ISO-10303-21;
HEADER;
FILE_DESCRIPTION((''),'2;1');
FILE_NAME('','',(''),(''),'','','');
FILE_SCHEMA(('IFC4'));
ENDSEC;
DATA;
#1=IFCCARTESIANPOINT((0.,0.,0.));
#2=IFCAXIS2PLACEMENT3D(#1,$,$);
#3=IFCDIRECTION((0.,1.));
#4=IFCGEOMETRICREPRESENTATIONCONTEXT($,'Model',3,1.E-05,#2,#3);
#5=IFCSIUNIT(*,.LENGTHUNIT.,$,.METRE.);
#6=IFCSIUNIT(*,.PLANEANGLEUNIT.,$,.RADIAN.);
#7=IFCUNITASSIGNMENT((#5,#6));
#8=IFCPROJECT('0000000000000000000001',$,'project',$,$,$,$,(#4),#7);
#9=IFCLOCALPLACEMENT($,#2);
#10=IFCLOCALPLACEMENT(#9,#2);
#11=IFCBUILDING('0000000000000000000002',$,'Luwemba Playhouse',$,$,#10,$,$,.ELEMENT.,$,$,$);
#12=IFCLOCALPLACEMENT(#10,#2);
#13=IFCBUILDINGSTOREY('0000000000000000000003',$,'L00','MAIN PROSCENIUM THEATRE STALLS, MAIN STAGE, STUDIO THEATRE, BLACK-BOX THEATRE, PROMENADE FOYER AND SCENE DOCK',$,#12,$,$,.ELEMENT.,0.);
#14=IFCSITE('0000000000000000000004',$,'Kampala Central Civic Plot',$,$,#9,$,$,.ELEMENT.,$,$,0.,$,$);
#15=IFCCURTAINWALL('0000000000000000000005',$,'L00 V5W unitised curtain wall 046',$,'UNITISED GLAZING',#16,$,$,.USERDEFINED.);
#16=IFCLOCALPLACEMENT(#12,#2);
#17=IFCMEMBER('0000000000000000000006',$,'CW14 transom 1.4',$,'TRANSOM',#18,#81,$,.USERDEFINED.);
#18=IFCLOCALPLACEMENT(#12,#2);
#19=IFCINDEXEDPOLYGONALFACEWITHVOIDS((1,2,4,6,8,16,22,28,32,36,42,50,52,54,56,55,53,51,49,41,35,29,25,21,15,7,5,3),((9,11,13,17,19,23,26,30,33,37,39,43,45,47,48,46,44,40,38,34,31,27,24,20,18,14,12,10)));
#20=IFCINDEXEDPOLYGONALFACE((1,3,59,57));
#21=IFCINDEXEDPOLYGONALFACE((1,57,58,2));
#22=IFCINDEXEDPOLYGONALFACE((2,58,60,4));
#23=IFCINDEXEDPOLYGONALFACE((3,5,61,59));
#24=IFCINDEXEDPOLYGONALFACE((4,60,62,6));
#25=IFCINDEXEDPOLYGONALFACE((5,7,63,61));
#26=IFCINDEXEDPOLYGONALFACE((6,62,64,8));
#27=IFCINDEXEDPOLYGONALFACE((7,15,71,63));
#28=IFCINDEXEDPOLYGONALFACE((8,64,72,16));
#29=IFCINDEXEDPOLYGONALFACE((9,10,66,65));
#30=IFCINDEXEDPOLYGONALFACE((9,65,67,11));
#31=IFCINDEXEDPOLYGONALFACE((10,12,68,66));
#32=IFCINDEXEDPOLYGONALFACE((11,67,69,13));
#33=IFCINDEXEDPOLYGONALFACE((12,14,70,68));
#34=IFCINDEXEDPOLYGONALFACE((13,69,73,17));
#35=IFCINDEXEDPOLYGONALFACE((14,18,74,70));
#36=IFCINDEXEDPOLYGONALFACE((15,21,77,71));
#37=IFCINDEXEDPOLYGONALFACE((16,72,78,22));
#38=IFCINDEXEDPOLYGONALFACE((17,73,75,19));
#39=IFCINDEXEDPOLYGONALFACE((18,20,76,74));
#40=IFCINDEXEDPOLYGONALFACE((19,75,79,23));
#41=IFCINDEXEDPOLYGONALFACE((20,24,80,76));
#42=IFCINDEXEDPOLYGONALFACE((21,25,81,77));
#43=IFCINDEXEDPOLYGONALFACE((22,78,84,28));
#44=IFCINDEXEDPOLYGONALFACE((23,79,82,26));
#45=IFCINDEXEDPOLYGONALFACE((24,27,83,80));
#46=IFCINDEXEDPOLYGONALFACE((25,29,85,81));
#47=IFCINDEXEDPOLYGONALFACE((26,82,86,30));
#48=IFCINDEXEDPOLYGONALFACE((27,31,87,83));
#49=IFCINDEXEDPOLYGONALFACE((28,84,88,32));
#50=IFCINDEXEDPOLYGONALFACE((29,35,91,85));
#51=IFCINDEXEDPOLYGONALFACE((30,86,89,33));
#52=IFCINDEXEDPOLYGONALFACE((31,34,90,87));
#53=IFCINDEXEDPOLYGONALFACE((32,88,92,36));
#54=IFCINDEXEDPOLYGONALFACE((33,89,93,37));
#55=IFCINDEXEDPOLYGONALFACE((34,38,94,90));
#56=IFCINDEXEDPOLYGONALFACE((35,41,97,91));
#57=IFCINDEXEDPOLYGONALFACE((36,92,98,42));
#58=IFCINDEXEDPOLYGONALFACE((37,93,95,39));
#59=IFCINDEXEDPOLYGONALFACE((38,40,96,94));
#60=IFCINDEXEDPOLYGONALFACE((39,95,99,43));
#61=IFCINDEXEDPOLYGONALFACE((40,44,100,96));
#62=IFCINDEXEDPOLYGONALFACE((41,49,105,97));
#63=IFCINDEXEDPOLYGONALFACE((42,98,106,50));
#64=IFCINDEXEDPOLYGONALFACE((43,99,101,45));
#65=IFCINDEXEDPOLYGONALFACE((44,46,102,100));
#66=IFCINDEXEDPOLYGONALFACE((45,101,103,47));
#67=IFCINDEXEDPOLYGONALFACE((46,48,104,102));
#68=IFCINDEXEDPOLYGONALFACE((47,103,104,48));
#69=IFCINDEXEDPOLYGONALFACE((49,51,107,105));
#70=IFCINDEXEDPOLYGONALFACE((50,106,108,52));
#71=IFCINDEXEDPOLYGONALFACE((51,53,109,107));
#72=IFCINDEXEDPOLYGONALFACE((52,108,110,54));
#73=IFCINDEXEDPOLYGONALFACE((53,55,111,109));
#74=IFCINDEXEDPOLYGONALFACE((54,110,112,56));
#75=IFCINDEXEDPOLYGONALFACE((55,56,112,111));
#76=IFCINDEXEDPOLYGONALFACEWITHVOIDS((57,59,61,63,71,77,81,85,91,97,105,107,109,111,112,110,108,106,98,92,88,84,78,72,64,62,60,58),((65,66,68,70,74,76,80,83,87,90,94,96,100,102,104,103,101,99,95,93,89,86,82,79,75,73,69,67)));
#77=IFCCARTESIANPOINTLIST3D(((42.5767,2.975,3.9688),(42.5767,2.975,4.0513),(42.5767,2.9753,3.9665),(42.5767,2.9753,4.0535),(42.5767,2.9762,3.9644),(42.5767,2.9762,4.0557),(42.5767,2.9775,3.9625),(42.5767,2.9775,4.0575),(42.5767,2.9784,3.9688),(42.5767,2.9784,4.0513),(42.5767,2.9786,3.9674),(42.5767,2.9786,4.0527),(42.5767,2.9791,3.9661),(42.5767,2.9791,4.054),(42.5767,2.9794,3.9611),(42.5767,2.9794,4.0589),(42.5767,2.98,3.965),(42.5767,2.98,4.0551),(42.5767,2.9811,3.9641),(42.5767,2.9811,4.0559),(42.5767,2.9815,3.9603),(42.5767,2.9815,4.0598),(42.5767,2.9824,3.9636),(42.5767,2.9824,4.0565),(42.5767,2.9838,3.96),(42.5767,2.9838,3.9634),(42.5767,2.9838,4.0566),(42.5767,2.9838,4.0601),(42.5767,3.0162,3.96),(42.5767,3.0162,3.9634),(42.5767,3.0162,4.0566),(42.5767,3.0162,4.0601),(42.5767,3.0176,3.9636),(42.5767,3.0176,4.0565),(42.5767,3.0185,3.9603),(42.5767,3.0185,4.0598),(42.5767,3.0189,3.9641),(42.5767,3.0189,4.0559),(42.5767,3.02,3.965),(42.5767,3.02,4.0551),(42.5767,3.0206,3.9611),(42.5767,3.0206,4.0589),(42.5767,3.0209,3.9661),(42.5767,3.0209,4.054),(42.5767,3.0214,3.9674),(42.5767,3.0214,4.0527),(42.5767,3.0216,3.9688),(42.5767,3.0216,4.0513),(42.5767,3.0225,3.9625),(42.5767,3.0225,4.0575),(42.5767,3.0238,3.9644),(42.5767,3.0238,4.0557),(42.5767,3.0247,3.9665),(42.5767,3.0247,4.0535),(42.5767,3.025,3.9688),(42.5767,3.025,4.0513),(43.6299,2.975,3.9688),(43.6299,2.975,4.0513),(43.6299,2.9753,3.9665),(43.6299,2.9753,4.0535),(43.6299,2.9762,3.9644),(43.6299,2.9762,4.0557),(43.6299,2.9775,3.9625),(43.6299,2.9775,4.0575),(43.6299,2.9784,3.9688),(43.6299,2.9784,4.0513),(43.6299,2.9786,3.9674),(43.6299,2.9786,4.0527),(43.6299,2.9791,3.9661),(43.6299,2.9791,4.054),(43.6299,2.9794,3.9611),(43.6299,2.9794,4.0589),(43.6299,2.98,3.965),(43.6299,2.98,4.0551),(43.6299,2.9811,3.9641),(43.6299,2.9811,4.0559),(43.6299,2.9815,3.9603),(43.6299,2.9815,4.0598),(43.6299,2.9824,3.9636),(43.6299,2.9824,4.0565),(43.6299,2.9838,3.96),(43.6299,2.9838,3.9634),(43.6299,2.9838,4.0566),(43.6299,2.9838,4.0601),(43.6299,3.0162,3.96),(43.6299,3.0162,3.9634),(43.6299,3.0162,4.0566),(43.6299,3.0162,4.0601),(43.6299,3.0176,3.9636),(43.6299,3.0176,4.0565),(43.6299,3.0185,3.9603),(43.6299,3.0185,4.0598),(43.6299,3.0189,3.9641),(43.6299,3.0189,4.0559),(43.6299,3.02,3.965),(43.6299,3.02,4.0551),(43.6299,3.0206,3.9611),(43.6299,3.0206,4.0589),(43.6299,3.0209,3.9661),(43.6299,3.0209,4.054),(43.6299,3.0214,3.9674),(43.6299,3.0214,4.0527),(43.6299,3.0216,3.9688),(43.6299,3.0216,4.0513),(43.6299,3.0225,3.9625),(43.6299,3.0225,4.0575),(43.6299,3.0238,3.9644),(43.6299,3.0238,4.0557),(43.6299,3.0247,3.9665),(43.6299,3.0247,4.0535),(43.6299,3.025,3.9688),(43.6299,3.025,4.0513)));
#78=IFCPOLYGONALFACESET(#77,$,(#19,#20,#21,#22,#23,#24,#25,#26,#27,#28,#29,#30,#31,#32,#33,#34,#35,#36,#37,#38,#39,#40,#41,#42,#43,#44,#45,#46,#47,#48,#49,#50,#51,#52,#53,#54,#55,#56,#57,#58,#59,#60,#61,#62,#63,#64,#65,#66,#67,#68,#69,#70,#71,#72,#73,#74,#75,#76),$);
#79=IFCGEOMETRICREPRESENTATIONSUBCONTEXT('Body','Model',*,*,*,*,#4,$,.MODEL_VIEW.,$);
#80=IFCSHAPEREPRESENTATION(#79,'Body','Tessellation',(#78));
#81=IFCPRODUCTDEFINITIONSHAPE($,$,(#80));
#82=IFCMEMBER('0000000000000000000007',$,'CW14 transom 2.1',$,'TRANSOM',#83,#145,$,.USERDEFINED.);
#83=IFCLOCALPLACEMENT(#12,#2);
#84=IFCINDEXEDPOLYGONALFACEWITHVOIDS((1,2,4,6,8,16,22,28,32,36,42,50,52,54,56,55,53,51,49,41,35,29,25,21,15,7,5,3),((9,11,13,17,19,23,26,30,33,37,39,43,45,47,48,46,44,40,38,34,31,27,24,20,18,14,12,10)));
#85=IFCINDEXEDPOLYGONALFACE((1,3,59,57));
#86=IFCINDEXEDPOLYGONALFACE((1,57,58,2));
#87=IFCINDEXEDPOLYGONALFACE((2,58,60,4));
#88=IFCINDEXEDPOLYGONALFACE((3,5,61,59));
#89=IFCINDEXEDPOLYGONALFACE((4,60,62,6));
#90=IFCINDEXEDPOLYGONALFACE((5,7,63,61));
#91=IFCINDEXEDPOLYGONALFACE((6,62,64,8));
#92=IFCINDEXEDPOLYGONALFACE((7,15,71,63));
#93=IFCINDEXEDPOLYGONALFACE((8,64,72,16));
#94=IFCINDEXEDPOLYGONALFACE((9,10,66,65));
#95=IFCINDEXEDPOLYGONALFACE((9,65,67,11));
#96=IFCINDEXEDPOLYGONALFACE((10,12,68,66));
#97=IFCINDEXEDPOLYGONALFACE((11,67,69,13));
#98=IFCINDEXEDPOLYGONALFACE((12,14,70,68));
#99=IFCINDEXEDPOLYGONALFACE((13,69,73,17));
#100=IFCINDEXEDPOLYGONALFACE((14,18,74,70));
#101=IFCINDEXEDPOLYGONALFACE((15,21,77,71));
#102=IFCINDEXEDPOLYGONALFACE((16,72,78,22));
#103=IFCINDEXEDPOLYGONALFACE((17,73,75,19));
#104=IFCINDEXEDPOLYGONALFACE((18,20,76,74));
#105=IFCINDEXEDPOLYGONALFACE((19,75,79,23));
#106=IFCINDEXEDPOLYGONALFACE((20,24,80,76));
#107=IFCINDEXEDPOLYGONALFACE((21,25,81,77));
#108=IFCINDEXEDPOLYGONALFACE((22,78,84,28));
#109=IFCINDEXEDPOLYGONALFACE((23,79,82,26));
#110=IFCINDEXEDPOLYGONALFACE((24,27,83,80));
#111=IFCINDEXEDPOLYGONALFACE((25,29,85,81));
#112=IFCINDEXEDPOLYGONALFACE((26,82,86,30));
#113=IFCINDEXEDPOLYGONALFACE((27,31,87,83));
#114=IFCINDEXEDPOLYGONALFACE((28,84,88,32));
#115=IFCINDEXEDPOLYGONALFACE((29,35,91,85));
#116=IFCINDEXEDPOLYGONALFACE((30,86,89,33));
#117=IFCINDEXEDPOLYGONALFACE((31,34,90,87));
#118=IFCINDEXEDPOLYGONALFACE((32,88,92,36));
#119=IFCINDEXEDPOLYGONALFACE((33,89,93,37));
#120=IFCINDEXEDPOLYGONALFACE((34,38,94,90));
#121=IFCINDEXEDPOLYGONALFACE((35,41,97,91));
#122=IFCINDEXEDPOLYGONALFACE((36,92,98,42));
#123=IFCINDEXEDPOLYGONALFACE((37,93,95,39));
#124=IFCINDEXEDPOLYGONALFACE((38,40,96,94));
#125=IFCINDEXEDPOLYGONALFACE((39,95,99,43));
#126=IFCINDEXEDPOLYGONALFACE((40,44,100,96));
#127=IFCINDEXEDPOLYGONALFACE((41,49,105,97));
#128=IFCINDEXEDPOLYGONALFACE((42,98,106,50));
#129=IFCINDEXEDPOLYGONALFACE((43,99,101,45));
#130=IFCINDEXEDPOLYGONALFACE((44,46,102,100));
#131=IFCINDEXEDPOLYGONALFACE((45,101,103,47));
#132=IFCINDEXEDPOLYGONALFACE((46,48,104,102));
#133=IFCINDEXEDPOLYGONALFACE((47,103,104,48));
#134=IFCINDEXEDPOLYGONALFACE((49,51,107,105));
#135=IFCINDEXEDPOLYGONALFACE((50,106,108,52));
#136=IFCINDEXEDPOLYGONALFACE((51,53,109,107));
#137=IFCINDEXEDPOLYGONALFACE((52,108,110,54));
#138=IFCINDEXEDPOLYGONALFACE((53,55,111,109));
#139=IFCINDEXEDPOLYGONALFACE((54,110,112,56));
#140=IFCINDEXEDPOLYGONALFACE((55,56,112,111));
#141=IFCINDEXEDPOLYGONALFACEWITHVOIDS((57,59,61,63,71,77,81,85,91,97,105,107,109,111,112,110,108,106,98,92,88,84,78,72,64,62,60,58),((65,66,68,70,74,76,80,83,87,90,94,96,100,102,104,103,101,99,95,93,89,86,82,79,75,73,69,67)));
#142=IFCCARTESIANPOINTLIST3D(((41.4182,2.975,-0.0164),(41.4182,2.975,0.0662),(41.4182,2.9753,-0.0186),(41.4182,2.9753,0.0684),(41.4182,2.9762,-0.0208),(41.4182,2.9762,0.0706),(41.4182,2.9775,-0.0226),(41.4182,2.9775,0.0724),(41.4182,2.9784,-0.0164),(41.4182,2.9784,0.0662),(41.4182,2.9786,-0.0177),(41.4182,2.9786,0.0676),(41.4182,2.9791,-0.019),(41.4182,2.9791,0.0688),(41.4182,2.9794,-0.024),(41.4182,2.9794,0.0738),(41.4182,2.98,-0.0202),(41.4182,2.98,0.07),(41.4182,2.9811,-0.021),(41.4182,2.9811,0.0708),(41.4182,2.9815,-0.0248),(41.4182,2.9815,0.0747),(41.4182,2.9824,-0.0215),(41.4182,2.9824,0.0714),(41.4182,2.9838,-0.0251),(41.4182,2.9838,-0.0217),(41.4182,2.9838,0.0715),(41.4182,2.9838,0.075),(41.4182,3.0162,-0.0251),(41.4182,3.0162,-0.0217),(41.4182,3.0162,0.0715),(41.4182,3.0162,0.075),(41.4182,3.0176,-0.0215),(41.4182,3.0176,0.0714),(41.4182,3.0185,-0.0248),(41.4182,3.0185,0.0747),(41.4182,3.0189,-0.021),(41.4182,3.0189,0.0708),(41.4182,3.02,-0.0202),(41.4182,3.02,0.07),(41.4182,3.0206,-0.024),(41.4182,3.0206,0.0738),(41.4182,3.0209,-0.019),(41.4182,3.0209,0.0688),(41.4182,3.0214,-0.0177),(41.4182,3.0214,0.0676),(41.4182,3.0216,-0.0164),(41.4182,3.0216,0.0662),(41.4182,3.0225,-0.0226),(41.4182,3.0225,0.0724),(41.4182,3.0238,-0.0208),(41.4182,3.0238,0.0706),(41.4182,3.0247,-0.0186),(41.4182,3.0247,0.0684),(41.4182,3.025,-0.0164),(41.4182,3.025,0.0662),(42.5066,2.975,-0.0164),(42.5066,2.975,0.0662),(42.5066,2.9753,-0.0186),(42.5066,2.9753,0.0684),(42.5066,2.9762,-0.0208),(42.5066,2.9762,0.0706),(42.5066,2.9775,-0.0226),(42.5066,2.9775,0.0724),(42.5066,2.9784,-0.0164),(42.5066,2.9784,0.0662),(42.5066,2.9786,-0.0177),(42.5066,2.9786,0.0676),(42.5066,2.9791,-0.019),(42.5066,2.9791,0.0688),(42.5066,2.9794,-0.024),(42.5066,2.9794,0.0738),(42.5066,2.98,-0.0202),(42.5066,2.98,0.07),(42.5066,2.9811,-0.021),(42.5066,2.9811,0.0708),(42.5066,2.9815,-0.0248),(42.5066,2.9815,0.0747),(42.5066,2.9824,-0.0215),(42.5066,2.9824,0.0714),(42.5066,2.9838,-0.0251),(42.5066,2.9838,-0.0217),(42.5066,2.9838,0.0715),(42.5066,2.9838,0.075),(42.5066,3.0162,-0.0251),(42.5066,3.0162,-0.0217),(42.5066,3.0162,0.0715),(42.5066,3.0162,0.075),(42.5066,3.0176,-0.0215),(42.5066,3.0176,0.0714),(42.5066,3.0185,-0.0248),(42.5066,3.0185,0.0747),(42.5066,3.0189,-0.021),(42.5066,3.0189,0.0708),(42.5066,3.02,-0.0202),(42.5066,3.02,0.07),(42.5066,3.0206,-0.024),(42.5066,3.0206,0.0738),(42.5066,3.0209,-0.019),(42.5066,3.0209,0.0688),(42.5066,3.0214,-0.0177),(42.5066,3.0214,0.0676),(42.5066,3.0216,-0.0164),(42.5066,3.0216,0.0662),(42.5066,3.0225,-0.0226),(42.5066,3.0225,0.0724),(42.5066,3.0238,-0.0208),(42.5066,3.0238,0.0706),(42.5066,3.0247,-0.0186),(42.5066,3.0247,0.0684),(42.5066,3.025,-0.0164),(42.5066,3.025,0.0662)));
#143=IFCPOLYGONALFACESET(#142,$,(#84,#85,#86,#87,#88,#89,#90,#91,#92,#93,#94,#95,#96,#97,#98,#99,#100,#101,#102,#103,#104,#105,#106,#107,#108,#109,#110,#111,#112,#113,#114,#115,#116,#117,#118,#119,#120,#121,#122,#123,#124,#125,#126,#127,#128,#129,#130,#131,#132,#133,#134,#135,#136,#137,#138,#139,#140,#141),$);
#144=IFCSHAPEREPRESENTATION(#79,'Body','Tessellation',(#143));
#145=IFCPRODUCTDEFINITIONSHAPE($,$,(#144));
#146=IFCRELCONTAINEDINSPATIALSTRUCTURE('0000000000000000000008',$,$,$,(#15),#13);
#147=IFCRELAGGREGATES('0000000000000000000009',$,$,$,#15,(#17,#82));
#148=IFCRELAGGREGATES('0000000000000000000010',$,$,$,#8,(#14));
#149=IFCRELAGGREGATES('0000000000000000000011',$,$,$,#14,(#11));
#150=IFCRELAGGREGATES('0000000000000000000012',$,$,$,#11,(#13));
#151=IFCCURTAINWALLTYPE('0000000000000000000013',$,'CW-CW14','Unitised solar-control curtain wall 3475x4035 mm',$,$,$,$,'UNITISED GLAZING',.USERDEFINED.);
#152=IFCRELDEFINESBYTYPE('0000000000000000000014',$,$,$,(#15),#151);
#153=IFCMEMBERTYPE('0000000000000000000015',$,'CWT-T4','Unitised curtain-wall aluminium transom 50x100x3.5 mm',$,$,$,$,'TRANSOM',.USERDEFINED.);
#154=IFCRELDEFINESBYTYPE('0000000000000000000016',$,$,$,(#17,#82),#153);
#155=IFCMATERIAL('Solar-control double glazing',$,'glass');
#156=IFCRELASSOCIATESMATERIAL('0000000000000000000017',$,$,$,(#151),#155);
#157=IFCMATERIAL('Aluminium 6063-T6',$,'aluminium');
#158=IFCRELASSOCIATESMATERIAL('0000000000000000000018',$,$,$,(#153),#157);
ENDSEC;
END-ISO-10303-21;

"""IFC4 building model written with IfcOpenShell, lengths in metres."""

from ifc_helpers import new_model, si_unit, direction, frame, origin, origin_2d, place, context, subcontext, project, spatial, hollow_rectangle, extrude, material, material_profile, profile_set, type_object, element, aggregate, save


model = new_model("IFC4")

# Units and contexts
model_context = context("Model", 3, precision=1e-05, world=origin(), true_north=direction((0.0, 1.0)))
body_context = subcontext(model_context, "Body", "Model", "MODEL_VIEW")
ifc_project = project(units=[si_unit("LENGTHUNIT", "METRE"), si_unit("PLANEANGLEUNIT", "RADIAN")], contexts=[model_context])

# Site, building, storey
site_placement = place(None, origin())
site = spatial("IfcSite", under=ifc_project, at=site_placement, Name="Kampala Central Civic Plot", CompositionType="ELEMENT", RefElevation=0.0)
building_placement = place(site_placement, origin())
building = spatial("IfcBuilding", under=site, at=building_placement, Name="Luwemba Playhouse", CompositionType="ELEMENT")
storey_placement = place(building_placement, origin())
storey = spatial("IfcBuildingStorey", under=building, at=storey_placement, Name="L00", Description="MAIN PROSCENIUM THEATRE STALLS, MAIN STAGE, STUDIO THEATRE, BLACK-BOX THEATRE, PROMENADE FOYER AND SCENE DOCK", CompositionType="ELEMENT", Elevation=0.0)

# Curtain wall, members
ifc_material_1 = material(Name="Solar-control double glazing", Category="glass")
curtain_wall_type = type_object("IfcCurtainWallType", Name="CW-CW14", Description="Unitised solar-control curtain wall 3475x4035 mm", ElementType="UNITISED GLAZING", PredefinedType="USERDEFINED", material=ifc_material_1)
curtain_wall_placement = place(storey_placement, origin())
curtain_wall = element("IfcCurtainWall", 1, at=curtain_wall_placement, inside=storey, type_object=curtain_wall_type, Name="L00 V5W unitised curtain wall 046", ObjectType="UNITISED GLAZING", PredefinedType="USERDEFINED")
ifc_material_2 = material(Name="Aluminium 6063-T6", Category="aluminium")
ifc_material_profile_1 = material_profile(ifc_material_2, hollow_rectangle(XDim=0.05, YDim=0.1001, WallThickness=0.0034, InnerFilletRadius=0.0054, OuterFilletRadius=0.0088, at=origin_2d()))
ifc_profile_set_1 = profile_set([ifc_material_profile_1], Name="Aluminium 6063-T6")
member_type_1 = type_object("IfcMemberType", Name="CWT-T4", Description="Unitised curtain-wall aluminium transom 50x100x3.5 mm", ElementType="TRANSOM", PredefinedType="USERDEFINED", material=ifc_profile_set_1)
member_1_placement = place(storey_placement, frame((43.6299, 3.0, 4.01), z_axis=(-1.0, 0.0, 0.0), x_axis=(0.0, -1.0, 0.0)))
member_1 = element("IfcMember", 2, at=member_1_placement, type_object=member_type_1, Name="CW14 transom 1.4", ObjectType="TRANSOM", PredefinedType="USERDEFINED", context=body_context, shape_type="SweptSolid", body=[
    extrude(hollow_rectangle(XDim=0.05, YDim=0.1001, WallThickness=0.0034, InnerFilletRadius=0.0054, OuterFilletRadius=0.0088, at=origin_2d()), origin(), (0.0, 0.0, 1.0), 1.0532),
])
member_2_placement = place(storey_placement, frame((42.5066, 3.0, 0.0249), z_axis=(-1.0, 0.0, 0.0), x_axis=(0.0, -1.0, 0.0)))
member_2 = element("IfcMember", 3, at=member_2_placement, type_object=member_type_1, Name="CW14 transom 2.1", ObjectType="TRANSOM", PredefinedType="USERDEFINED", context=body_context, shape_type="SweptSolid", body=[
    extrude(hollow_rectangle(XDim=0.05, YDim=0.1001, WallThickness=0.0034, InnerFilletRadius=0.0054, OuterFilletRadius=0.0088, at=origin_2d()), origin(), (0.0, 0.0, 1.0), 1.0884),
])
aggregate(curtain_wall, [member_1, member_2])

save(model, "model.ifc")
